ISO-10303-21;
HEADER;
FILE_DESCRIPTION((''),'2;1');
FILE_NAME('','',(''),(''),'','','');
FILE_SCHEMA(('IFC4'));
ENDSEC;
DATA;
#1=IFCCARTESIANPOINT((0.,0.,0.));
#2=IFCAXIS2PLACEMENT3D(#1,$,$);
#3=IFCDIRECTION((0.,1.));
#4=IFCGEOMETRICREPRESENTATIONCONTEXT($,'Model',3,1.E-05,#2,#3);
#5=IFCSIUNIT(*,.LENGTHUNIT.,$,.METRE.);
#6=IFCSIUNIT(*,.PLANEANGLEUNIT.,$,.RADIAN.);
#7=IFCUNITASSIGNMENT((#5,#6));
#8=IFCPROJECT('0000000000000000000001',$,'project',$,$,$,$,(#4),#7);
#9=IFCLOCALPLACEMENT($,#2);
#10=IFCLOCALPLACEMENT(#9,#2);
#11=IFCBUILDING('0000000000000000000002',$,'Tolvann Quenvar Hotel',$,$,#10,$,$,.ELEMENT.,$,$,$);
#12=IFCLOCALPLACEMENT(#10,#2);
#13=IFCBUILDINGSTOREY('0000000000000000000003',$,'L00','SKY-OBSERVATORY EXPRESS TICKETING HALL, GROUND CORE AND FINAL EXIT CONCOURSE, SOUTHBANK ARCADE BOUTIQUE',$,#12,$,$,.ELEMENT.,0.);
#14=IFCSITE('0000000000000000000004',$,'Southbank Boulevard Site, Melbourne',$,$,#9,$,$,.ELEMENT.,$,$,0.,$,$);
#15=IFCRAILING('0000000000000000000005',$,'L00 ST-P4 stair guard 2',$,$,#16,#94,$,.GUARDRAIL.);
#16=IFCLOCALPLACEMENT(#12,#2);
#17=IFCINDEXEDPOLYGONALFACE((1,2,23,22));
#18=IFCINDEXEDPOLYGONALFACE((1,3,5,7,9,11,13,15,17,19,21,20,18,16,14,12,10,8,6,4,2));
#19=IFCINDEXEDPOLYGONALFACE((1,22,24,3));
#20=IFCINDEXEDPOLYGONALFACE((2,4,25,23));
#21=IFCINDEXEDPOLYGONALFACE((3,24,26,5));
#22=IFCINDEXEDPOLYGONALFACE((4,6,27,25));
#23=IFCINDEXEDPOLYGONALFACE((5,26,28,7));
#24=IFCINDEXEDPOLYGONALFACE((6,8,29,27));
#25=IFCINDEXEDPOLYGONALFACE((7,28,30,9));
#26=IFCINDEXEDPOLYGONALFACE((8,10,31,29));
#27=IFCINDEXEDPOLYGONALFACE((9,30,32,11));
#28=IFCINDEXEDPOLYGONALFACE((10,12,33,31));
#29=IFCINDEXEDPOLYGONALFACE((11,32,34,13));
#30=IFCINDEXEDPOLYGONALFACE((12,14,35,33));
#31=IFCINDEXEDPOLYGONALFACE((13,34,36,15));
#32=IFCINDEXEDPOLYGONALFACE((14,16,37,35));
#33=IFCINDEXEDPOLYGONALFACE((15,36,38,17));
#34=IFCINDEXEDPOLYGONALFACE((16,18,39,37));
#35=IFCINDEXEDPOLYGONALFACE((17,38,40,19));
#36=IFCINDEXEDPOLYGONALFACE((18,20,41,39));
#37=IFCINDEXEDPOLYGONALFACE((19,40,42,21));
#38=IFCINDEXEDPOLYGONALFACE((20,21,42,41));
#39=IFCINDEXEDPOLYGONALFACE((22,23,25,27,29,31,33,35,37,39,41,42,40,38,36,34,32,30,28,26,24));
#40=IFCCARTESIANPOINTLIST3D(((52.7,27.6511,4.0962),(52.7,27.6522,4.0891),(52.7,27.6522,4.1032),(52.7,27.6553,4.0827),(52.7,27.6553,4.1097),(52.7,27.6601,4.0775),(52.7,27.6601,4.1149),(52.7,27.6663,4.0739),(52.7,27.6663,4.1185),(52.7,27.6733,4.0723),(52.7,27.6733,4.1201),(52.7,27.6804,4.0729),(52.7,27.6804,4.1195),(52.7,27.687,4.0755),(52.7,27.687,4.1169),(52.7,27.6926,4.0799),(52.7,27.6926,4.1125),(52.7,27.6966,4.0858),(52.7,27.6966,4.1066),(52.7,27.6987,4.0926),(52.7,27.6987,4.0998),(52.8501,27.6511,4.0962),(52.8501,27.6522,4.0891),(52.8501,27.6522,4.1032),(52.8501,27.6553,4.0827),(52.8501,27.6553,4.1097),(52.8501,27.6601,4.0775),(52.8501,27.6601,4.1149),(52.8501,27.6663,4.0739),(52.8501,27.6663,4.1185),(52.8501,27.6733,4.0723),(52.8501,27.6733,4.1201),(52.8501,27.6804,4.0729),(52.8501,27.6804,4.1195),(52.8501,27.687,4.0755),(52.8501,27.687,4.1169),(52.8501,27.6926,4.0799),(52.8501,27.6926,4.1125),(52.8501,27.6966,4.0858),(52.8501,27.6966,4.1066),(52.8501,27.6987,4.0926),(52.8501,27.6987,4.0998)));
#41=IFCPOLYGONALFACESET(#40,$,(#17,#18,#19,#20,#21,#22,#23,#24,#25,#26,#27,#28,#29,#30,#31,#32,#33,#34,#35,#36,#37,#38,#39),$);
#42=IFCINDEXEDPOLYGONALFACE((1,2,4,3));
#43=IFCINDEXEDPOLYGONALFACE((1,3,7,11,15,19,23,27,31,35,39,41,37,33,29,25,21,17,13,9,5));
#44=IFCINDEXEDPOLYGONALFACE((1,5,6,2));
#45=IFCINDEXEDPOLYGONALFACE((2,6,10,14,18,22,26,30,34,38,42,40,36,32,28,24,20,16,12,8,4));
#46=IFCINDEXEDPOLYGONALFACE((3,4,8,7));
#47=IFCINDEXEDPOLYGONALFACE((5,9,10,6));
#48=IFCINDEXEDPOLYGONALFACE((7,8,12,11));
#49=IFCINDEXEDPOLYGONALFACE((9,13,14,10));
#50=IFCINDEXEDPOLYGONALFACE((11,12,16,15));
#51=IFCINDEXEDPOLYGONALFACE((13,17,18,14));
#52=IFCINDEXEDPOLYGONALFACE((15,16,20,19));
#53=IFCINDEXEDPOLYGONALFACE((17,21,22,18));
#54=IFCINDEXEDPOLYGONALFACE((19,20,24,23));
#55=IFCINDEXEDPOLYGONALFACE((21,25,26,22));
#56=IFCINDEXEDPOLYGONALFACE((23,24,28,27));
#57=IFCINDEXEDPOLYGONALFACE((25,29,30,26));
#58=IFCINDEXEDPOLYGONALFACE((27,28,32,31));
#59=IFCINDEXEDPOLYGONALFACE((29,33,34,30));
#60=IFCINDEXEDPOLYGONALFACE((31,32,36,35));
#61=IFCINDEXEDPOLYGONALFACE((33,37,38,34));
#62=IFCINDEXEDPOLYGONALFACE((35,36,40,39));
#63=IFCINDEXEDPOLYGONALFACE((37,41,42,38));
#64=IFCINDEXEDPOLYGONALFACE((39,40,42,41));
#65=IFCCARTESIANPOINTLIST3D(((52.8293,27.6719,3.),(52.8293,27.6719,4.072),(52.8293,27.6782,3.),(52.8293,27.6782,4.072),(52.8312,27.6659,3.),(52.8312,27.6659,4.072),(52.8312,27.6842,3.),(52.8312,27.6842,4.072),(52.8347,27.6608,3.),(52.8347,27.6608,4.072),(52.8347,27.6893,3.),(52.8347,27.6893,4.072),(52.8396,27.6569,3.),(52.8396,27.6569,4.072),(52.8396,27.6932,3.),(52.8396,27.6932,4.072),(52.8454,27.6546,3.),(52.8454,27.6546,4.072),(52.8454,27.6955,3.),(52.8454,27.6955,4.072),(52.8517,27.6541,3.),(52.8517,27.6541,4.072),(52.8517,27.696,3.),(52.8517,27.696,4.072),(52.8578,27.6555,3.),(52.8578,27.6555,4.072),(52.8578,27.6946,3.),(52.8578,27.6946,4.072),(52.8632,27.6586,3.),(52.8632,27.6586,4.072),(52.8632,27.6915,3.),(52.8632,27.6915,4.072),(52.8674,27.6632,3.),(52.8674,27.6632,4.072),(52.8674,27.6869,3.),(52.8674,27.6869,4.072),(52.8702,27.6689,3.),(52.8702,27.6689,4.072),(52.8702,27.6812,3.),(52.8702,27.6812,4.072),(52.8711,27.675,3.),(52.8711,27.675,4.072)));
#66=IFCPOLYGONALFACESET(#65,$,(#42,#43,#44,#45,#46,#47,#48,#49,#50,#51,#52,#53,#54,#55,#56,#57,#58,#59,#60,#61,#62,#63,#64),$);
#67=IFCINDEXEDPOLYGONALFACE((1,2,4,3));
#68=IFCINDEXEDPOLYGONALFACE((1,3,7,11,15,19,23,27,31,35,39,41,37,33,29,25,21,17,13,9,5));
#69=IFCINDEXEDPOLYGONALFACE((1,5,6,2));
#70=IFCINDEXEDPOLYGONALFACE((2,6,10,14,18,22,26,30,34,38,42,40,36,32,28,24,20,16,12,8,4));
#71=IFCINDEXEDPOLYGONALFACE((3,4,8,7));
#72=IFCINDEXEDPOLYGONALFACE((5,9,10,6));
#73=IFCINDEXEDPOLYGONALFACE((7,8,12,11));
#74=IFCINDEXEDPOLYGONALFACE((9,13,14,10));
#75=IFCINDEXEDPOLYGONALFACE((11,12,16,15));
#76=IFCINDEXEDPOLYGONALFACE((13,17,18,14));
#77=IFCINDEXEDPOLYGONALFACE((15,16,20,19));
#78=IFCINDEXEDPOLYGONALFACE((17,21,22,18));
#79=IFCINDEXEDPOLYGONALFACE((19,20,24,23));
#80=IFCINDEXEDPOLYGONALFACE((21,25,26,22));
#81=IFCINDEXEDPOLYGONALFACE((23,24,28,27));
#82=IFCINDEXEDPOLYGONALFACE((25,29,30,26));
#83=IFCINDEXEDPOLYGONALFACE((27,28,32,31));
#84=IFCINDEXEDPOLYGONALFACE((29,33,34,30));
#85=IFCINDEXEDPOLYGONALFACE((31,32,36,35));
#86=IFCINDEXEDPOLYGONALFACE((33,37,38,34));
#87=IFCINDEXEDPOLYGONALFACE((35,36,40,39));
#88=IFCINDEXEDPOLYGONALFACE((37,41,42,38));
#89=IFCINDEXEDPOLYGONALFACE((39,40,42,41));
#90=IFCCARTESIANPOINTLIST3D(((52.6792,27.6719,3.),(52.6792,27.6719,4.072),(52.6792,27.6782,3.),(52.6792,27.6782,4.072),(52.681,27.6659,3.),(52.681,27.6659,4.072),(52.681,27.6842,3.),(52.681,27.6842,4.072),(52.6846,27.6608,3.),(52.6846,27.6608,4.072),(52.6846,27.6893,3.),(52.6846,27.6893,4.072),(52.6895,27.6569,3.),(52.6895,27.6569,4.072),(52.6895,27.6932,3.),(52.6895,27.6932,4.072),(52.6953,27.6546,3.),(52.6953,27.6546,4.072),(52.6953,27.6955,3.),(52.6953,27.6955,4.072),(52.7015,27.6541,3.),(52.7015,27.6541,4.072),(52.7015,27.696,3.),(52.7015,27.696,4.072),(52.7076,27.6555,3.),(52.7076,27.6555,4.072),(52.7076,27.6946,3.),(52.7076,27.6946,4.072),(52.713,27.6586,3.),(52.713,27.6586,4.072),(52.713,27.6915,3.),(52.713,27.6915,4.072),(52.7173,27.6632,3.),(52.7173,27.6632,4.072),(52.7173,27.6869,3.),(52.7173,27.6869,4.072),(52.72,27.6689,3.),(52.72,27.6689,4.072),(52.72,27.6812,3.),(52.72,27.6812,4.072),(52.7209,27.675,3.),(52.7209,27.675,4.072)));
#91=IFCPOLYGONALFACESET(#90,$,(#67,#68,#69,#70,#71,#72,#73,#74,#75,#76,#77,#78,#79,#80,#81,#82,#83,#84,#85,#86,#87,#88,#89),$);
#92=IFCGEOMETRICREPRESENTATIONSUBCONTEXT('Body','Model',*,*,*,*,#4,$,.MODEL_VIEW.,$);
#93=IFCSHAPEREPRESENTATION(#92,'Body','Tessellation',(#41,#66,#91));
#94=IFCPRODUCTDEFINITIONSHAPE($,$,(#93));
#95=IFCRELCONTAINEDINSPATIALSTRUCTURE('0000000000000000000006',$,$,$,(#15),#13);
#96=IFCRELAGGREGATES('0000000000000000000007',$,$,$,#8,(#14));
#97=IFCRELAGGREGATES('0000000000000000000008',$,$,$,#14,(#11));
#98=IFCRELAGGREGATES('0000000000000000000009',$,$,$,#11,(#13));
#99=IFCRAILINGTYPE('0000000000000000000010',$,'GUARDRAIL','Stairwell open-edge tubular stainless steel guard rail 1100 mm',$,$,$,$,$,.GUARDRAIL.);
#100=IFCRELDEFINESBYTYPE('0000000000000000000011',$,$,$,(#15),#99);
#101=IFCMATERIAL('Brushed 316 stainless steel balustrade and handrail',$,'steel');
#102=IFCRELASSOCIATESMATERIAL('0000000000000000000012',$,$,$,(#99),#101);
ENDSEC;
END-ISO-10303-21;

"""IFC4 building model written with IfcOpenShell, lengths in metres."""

from ifc_helpers import new_model, si_unit, direction, frame, origin, origin_2d, place, context, subcontext, project, spatial, circle, extrude, material, type_object, element, save


model = new_model("IFC4")

# Units and contexts
model_context = context("Model", 3, precision=1e-05, world=origin(), true_north=direction((0.0, 1.0)))
body_context = subcontext(model_context, "Body", "Model", "MODEL_VIEW")
ifc_project = project(units=[si_unit("LENGTHUNIT", "METRE"), si_unit("PLANEANGLEUNIT", "RADIAN")], contexts=[model_context])

# Site, building, storey
site_placement = place(None, origin())
site = spatial("IfcSite", under=ifc_project, at=site_placement, Name="Southbank Boulevard Site, Melbourne", CompositionType="ELEMENT", RefElevation=0.0)
building_placement = place(site_placement, origin())
building = spatial("IfcBuilding", under=site, at=building_placement, Name="Tolvann Quenvar Hotel", CompositionType="ELEMENT")
storey_placement = place(building_placement, origin())
storey = spatial("IfcBuildingStorey", under=building, at=storey_placement, Name="L00", Description="SKY-OBSERVATORY EXPRESS TICKETING HALL, GROUND CORE AND FINAL EXIT CONCOURSE, SOUTHBANK ARCADE BOUTIQUE", CompositionType="ELEMENT", Elevation=0.0)

# Railing
ifc_material_1 = material(Name="Brushed 316 stainless steel balustrade and handrail", Category="steel")
railing_type_1 = type_object("IfcRailingType", Name="GUARDRAIL", Description="Stairwell open-edge tubular stainless steel guard rail 1100 mm", PredefinedType="GUARDRAIL", material=ifc_material_1)
railing_1_placement = place(storey_placement, frame((52.8501, 27.675, 3.0)))
element("IfcRailing", 1, at=railing_1_placement, inside=storey, type_object=railing_type_1, Name="L00 ST-P4 stair guard 2", PredefinedType="GUARDRAIL", context=body_context, shape_type="SweptSolid", body=[
    extrude(circle(Radius=0.0239, at=origin_2d()), frame((0.0, 0.0, 1.0962), z_axis=(-1.0, 0.0, 0.0), x_axis=(0.0, -1.0, 0.0)), (0.0, 0.0, 1.0), 0.1501),
    extrude(circle(Radius=0.021, at=origin_2d()), origin(), (0.0, 0.0, 1.0), 1.072),
    extrude(circle(Radius=0.021, at=origin_2d()), frame((-0.1501, 0.0, 0.0)), (0.0, 0.0, 1.0), 1.072),
])

save(model, "model.ifc")
